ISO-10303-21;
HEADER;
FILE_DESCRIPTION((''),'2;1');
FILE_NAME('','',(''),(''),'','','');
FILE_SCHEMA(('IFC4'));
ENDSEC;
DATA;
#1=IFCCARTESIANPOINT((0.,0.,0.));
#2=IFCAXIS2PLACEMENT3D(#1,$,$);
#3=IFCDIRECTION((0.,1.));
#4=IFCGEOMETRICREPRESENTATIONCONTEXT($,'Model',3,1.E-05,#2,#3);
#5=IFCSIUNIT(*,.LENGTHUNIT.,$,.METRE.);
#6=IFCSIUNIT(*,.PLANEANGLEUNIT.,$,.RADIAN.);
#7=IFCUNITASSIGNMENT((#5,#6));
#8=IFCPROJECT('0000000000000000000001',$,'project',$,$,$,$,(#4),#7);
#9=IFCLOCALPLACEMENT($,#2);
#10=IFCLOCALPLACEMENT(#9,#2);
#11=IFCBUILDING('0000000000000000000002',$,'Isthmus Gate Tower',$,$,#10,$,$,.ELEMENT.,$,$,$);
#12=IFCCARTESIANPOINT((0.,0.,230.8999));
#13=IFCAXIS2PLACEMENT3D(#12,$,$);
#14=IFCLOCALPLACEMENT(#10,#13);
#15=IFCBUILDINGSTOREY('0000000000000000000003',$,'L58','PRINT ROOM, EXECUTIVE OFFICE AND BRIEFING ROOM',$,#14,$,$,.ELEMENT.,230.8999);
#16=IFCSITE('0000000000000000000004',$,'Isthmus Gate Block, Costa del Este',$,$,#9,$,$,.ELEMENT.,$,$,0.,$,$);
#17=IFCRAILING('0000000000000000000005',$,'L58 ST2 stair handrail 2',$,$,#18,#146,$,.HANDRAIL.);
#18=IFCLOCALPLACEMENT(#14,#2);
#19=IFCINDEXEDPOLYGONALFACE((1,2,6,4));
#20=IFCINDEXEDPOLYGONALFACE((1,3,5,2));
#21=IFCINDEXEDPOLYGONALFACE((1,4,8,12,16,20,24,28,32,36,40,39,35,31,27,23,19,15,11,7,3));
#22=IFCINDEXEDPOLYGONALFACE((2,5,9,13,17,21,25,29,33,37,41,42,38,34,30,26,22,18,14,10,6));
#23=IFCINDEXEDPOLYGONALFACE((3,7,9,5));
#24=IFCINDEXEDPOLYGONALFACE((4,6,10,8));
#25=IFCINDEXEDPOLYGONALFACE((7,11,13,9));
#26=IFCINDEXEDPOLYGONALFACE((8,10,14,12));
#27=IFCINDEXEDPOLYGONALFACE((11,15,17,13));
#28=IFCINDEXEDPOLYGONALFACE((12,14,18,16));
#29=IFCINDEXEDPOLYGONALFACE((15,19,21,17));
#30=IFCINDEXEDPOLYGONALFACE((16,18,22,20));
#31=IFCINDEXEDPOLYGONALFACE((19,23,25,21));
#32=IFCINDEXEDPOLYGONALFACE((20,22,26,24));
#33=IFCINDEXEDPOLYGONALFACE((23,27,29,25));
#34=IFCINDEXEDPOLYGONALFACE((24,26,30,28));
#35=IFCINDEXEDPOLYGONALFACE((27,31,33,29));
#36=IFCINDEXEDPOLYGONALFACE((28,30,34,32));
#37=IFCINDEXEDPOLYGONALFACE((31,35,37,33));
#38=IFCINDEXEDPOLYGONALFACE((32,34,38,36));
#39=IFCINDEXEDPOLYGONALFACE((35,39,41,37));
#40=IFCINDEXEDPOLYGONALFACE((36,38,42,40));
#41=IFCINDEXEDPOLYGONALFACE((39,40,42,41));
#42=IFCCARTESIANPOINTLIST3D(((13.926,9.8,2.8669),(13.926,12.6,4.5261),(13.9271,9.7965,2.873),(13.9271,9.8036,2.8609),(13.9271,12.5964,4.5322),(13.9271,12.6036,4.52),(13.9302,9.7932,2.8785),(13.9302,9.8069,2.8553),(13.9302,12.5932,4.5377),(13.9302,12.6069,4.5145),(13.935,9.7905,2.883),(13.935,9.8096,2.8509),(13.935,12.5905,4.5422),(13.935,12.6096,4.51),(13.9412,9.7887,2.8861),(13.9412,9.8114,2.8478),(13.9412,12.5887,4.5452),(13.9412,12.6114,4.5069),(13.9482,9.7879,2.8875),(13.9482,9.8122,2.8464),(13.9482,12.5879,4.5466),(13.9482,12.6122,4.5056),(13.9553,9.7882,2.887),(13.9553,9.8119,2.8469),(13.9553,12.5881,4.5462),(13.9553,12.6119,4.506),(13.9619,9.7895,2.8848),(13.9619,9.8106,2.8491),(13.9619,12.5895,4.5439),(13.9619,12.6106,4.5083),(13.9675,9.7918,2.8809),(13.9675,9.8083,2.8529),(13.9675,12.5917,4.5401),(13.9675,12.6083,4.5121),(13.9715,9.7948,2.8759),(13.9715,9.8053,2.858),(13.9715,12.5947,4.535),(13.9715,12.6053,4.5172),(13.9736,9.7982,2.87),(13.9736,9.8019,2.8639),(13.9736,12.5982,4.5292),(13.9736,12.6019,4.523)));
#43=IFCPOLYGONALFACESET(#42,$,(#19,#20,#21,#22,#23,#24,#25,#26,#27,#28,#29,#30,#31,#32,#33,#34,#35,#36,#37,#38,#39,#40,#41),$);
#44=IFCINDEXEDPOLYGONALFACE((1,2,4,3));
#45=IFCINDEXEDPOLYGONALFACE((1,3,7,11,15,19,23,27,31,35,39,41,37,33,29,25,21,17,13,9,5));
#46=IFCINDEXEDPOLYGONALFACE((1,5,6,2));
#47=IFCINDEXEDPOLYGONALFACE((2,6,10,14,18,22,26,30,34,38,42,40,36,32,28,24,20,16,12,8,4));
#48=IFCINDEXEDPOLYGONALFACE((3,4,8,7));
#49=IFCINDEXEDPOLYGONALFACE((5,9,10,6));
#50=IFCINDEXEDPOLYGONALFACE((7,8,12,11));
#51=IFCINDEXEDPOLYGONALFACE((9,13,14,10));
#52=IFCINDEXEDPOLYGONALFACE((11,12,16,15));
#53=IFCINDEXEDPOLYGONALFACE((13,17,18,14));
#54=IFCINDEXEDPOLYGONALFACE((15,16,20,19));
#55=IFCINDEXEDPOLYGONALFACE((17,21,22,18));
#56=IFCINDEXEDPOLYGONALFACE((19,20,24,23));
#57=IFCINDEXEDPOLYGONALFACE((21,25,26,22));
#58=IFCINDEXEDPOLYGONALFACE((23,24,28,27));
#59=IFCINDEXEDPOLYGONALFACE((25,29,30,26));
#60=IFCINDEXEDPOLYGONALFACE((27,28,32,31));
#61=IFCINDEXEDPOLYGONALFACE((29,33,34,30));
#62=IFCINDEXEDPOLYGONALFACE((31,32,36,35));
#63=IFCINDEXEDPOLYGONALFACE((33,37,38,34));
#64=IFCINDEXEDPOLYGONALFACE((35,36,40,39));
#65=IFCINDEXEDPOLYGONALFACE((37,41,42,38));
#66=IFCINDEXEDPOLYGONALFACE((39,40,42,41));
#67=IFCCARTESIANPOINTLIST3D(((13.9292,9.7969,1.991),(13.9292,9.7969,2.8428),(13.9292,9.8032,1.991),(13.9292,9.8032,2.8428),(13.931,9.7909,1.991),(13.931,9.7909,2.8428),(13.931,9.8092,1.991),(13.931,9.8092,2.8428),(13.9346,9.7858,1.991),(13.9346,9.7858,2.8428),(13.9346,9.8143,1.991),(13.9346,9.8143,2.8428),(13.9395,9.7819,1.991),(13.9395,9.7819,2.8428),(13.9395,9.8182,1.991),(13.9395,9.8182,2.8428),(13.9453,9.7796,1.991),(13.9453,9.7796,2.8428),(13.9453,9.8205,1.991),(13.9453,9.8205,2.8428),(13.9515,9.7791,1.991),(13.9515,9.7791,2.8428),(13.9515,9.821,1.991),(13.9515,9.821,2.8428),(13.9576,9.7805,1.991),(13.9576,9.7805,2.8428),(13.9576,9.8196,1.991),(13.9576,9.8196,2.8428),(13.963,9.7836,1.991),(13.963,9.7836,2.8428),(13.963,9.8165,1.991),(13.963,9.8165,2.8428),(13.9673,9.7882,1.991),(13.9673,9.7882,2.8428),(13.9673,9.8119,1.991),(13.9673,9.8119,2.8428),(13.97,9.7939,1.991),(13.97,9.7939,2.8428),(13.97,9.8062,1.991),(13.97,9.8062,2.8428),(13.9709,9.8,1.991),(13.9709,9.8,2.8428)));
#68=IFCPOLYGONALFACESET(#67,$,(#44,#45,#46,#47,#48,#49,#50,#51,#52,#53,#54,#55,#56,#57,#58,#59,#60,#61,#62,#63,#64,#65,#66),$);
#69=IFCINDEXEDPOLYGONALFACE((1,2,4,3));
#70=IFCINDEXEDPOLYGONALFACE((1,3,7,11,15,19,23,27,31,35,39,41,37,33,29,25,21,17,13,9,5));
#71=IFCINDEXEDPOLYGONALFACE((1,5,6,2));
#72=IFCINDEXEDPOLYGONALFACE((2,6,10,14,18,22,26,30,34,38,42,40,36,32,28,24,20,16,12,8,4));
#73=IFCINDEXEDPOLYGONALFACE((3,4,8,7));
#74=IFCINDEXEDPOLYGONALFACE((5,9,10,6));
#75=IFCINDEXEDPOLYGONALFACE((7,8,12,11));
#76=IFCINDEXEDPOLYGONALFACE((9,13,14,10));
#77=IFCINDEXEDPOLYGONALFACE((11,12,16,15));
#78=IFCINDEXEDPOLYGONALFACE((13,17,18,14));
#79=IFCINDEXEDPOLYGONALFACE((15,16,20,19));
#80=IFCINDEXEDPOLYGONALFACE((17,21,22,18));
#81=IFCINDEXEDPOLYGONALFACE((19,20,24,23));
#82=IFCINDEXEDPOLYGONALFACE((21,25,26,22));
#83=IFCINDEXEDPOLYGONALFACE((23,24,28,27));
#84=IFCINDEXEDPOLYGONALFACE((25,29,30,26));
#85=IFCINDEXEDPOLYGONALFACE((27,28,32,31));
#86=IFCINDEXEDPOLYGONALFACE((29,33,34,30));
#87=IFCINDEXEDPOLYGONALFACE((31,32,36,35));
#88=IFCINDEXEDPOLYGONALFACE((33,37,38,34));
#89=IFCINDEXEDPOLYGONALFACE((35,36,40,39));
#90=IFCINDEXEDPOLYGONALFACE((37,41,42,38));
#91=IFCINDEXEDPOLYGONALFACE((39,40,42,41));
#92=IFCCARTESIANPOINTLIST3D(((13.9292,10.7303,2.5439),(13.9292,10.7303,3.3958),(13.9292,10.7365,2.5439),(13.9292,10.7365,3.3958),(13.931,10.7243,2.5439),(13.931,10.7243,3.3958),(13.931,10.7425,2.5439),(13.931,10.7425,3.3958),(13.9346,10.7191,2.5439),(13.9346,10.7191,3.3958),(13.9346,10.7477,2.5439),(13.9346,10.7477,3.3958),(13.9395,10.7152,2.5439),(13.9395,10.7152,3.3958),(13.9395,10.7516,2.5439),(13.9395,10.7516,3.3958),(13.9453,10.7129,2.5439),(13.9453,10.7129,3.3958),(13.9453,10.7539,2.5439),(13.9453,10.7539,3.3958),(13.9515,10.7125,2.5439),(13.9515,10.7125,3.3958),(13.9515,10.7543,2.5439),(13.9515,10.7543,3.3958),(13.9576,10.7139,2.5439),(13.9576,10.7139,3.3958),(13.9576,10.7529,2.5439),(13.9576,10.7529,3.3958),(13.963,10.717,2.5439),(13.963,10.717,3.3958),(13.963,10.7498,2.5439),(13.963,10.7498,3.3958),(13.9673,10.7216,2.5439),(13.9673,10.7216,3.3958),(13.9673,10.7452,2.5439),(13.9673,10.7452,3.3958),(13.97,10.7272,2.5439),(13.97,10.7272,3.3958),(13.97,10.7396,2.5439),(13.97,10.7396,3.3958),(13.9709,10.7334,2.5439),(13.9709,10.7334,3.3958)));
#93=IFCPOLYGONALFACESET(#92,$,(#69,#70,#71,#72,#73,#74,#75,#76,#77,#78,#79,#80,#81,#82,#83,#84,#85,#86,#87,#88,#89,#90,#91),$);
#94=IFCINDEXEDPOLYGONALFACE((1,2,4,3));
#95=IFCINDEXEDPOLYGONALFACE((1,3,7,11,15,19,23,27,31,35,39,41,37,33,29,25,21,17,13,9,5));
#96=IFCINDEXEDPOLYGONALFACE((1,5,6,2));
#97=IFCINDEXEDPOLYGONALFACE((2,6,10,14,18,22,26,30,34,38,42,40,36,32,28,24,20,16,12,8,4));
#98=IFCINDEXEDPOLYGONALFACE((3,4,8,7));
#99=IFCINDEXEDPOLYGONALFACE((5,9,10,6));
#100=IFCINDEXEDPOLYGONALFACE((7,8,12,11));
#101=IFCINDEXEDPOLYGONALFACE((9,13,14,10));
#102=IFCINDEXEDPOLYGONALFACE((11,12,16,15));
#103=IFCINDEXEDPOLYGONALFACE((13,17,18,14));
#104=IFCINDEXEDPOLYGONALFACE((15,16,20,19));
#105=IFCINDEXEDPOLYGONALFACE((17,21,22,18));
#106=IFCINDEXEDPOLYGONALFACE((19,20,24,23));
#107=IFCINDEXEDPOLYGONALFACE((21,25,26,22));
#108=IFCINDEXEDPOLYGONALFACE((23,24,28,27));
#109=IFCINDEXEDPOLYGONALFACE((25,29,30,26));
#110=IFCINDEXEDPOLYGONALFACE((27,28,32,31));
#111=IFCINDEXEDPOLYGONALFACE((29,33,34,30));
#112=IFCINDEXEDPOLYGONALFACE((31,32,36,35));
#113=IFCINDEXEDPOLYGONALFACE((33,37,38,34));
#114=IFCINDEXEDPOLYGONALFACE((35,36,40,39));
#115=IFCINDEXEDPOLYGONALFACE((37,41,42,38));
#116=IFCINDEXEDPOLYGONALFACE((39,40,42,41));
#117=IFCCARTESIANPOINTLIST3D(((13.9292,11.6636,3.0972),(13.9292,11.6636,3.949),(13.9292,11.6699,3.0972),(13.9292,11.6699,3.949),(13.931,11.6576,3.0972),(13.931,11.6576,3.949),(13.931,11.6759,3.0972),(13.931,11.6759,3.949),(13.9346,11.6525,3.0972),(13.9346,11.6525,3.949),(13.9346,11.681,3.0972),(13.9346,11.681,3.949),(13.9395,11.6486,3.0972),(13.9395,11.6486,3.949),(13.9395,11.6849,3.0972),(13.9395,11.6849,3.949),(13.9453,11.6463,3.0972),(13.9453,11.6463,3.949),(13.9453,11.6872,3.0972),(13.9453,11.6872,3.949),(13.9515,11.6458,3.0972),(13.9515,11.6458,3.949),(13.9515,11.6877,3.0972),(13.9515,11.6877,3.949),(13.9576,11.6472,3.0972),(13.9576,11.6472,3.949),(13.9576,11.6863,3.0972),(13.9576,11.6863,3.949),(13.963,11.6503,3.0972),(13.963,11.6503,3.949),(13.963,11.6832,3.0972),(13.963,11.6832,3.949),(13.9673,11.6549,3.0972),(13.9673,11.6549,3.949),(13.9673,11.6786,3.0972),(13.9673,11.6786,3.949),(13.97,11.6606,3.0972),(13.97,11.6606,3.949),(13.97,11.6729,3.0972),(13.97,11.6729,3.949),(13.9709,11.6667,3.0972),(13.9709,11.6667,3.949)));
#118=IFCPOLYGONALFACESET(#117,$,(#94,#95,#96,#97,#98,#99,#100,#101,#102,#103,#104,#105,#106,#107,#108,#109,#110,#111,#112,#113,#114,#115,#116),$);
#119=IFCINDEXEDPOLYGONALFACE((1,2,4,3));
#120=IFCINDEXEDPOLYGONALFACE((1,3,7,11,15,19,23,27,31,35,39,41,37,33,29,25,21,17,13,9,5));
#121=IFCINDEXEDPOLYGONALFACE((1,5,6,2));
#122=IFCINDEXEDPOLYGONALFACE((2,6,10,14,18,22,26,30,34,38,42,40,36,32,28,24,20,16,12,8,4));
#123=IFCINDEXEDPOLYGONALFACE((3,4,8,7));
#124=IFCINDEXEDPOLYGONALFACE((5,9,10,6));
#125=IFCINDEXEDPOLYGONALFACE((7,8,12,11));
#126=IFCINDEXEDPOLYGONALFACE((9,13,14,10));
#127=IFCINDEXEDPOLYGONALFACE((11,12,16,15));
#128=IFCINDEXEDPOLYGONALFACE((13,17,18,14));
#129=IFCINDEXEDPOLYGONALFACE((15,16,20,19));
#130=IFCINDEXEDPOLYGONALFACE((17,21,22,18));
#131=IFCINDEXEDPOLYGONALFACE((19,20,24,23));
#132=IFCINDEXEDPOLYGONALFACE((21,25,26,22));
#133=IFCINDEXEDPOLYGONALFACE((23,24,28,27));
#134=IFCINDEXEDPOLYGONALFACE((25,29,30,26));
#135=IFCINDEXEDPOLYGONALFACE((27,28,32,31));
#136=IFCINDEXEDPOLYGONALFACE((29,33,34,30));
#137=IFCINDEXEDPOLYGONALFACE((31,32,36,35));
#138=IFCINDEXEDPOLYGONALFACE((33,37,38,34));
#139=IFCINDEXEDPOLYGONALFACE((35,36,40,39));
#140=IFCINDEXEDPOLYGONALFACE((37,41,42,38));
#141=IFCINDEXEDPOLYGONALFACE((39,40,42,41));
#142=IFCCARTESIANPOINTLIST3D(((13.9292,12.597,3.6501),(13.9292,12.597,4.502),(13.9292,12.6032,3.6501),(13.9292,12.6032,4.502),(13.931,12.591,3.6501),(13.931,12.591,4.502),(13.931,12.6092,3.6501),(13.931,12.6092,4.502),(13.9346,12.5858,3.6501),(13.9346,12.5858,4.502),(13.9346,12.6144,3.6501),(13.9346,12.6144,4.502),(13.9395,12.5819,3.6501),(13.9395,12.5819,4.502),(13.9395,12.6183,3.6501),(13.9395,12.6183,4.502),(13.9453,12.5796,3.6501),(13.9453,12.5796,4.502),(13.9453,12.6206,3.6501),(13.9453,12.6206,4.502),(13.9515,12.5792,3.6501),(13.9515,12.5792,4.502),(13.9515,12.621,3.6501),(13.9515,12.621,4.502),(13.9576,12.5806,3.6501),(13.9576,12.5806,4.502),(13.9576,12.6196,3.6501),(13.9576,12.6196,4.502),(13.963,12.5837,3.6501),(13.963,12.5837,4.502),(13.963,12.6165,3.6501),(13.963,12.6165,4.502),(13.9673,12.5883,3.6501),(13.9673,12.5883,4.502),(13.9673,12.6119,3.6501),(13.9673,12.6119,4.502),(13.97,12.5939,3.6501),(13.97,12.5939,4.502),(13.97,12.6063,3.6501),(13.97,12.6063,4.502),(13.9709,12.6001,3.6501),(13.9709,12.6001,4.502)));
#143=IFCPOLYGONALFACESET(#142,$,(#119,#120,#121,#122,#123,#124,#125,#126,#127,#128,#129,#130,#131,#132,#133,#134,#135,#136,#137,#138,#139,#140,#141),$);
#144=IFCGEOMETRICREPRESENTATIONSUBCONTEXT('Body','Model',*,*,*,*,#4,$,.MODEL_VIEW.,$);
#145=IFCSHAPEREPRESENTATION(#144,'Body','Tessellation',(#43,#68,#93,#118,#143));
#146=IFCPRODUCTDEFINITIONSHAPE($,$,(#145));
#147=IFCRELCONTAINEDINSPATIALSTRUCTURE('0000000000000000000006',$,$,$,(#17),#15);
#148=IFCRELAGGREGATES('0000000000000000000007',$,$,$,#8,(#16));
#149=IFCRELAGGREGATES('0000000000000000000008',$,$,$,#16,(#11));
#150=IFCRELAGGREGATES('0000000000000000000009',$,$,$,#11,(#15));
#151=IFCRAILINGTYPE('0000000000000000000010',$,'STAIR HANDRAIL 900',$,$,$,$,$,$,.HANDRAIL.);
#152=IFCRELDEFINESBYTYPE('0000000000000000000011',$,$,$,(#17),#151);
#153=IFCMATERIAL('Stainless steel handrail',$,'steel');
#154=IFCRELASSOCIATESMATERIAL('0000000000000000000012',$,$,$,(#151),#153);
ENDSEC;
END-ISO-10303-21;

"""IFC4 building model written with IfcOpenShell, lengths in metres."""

from ifc_helpers import new_model, si_unit, direction, frame, origin, origin_2d, place, context, subcontext, project, spatial, circle, extrude, material, type_object, element, save


model = new_model("IFC4")

# Units and contexts
model_context = context("Model", 3, precision=1e-05, world=origin(), true_north=direction((0.0, 1.0)))
body_context = subcontext(model_context, "Body", "Model", "MODEL_VIEW")
ifc_project = project(units=[si_unit("LENGTHUNIT", "METRE"), si_unit("PLANEANGLEUNIT", "RADIAN")], contexts=[model_context])

# Site, building, storey
site_placement = place(None, origin())
site = spatial("IfcSite", under=ifc_project, at=site_placement, Name="Isthmus Gate Block, Costa del Este", CompositionType="ELEMENT", RefElevation=0.0)
building_placement = place(site_placement, origin())
building = spatial("IfcBuilding", under=site, at=building_placement, Name="Isthmus Gate Tower", CompositionType="ELEMENT")
storey_placement = place(building_placement, frame((0.0, 0.0, 230.8999)))
storey = spatial("IfcBuildingStorey", under=building, at=storey_placement, Name="L58", Description="PRINT ROOM, EXECUTIVE OFFICE AND BRIEFING ROOM", CompositionType="ELEMENT", Elevation=230.8999)

# Railing
ifc_material_1 = material(Name="Stainless steel handrail", Category="steel")
railing_type_1 = type_object("IfcRailingType", Name="STAIR HANDRAIL 900", PredefinedType="HANDRAIL", material=ifc_material_1)
for number, where, name in (
    (1, (13.95, 9.8, 1.991), "L58 ST2 stair handrail 2"),
):
    element("IfcRailing", number, at=place(storey_placement, frame(where)), inside=storey, type_object=railing_type_1, Name=name, PredefinedType="HANDRAIL", context=body_context, shape_type="SweptSolid", body=[
        extrude(circle(Radius=0.0239, at=origin_2d()), frame((0.0, 0.0, 0.876), z_axis=(0.0, 0.860306, 0.509778), x_axis=(-1.0, 0.0, 0.0)), (0.0, 0.0, 1.0), 3.2546),
        extrude(circle(Radius=0.021, at=origin_2d()), origin(), (0.0, 0.0, 1.0), 0.8518),
        extrude(circle(Radius=0.021, at=origin_2d()), frame((0.0, 0.9333, 0.553)), (0.0, 0.0, 1.0), 0.8518),
        extrude(circle(Radius=0.021, at=origin_2d()), frame((0.0, 1.8667, 1.1062)), (0.0, 0.0, 1.0), 0.8518),
        extrude(circle(Radius=0.021, at=origin_2d()), frame((0.0, 2.8, 1.6592)), (0.0, 0.0, 1.0), 0.8518),
    ])

save(model, "model.ifc")
